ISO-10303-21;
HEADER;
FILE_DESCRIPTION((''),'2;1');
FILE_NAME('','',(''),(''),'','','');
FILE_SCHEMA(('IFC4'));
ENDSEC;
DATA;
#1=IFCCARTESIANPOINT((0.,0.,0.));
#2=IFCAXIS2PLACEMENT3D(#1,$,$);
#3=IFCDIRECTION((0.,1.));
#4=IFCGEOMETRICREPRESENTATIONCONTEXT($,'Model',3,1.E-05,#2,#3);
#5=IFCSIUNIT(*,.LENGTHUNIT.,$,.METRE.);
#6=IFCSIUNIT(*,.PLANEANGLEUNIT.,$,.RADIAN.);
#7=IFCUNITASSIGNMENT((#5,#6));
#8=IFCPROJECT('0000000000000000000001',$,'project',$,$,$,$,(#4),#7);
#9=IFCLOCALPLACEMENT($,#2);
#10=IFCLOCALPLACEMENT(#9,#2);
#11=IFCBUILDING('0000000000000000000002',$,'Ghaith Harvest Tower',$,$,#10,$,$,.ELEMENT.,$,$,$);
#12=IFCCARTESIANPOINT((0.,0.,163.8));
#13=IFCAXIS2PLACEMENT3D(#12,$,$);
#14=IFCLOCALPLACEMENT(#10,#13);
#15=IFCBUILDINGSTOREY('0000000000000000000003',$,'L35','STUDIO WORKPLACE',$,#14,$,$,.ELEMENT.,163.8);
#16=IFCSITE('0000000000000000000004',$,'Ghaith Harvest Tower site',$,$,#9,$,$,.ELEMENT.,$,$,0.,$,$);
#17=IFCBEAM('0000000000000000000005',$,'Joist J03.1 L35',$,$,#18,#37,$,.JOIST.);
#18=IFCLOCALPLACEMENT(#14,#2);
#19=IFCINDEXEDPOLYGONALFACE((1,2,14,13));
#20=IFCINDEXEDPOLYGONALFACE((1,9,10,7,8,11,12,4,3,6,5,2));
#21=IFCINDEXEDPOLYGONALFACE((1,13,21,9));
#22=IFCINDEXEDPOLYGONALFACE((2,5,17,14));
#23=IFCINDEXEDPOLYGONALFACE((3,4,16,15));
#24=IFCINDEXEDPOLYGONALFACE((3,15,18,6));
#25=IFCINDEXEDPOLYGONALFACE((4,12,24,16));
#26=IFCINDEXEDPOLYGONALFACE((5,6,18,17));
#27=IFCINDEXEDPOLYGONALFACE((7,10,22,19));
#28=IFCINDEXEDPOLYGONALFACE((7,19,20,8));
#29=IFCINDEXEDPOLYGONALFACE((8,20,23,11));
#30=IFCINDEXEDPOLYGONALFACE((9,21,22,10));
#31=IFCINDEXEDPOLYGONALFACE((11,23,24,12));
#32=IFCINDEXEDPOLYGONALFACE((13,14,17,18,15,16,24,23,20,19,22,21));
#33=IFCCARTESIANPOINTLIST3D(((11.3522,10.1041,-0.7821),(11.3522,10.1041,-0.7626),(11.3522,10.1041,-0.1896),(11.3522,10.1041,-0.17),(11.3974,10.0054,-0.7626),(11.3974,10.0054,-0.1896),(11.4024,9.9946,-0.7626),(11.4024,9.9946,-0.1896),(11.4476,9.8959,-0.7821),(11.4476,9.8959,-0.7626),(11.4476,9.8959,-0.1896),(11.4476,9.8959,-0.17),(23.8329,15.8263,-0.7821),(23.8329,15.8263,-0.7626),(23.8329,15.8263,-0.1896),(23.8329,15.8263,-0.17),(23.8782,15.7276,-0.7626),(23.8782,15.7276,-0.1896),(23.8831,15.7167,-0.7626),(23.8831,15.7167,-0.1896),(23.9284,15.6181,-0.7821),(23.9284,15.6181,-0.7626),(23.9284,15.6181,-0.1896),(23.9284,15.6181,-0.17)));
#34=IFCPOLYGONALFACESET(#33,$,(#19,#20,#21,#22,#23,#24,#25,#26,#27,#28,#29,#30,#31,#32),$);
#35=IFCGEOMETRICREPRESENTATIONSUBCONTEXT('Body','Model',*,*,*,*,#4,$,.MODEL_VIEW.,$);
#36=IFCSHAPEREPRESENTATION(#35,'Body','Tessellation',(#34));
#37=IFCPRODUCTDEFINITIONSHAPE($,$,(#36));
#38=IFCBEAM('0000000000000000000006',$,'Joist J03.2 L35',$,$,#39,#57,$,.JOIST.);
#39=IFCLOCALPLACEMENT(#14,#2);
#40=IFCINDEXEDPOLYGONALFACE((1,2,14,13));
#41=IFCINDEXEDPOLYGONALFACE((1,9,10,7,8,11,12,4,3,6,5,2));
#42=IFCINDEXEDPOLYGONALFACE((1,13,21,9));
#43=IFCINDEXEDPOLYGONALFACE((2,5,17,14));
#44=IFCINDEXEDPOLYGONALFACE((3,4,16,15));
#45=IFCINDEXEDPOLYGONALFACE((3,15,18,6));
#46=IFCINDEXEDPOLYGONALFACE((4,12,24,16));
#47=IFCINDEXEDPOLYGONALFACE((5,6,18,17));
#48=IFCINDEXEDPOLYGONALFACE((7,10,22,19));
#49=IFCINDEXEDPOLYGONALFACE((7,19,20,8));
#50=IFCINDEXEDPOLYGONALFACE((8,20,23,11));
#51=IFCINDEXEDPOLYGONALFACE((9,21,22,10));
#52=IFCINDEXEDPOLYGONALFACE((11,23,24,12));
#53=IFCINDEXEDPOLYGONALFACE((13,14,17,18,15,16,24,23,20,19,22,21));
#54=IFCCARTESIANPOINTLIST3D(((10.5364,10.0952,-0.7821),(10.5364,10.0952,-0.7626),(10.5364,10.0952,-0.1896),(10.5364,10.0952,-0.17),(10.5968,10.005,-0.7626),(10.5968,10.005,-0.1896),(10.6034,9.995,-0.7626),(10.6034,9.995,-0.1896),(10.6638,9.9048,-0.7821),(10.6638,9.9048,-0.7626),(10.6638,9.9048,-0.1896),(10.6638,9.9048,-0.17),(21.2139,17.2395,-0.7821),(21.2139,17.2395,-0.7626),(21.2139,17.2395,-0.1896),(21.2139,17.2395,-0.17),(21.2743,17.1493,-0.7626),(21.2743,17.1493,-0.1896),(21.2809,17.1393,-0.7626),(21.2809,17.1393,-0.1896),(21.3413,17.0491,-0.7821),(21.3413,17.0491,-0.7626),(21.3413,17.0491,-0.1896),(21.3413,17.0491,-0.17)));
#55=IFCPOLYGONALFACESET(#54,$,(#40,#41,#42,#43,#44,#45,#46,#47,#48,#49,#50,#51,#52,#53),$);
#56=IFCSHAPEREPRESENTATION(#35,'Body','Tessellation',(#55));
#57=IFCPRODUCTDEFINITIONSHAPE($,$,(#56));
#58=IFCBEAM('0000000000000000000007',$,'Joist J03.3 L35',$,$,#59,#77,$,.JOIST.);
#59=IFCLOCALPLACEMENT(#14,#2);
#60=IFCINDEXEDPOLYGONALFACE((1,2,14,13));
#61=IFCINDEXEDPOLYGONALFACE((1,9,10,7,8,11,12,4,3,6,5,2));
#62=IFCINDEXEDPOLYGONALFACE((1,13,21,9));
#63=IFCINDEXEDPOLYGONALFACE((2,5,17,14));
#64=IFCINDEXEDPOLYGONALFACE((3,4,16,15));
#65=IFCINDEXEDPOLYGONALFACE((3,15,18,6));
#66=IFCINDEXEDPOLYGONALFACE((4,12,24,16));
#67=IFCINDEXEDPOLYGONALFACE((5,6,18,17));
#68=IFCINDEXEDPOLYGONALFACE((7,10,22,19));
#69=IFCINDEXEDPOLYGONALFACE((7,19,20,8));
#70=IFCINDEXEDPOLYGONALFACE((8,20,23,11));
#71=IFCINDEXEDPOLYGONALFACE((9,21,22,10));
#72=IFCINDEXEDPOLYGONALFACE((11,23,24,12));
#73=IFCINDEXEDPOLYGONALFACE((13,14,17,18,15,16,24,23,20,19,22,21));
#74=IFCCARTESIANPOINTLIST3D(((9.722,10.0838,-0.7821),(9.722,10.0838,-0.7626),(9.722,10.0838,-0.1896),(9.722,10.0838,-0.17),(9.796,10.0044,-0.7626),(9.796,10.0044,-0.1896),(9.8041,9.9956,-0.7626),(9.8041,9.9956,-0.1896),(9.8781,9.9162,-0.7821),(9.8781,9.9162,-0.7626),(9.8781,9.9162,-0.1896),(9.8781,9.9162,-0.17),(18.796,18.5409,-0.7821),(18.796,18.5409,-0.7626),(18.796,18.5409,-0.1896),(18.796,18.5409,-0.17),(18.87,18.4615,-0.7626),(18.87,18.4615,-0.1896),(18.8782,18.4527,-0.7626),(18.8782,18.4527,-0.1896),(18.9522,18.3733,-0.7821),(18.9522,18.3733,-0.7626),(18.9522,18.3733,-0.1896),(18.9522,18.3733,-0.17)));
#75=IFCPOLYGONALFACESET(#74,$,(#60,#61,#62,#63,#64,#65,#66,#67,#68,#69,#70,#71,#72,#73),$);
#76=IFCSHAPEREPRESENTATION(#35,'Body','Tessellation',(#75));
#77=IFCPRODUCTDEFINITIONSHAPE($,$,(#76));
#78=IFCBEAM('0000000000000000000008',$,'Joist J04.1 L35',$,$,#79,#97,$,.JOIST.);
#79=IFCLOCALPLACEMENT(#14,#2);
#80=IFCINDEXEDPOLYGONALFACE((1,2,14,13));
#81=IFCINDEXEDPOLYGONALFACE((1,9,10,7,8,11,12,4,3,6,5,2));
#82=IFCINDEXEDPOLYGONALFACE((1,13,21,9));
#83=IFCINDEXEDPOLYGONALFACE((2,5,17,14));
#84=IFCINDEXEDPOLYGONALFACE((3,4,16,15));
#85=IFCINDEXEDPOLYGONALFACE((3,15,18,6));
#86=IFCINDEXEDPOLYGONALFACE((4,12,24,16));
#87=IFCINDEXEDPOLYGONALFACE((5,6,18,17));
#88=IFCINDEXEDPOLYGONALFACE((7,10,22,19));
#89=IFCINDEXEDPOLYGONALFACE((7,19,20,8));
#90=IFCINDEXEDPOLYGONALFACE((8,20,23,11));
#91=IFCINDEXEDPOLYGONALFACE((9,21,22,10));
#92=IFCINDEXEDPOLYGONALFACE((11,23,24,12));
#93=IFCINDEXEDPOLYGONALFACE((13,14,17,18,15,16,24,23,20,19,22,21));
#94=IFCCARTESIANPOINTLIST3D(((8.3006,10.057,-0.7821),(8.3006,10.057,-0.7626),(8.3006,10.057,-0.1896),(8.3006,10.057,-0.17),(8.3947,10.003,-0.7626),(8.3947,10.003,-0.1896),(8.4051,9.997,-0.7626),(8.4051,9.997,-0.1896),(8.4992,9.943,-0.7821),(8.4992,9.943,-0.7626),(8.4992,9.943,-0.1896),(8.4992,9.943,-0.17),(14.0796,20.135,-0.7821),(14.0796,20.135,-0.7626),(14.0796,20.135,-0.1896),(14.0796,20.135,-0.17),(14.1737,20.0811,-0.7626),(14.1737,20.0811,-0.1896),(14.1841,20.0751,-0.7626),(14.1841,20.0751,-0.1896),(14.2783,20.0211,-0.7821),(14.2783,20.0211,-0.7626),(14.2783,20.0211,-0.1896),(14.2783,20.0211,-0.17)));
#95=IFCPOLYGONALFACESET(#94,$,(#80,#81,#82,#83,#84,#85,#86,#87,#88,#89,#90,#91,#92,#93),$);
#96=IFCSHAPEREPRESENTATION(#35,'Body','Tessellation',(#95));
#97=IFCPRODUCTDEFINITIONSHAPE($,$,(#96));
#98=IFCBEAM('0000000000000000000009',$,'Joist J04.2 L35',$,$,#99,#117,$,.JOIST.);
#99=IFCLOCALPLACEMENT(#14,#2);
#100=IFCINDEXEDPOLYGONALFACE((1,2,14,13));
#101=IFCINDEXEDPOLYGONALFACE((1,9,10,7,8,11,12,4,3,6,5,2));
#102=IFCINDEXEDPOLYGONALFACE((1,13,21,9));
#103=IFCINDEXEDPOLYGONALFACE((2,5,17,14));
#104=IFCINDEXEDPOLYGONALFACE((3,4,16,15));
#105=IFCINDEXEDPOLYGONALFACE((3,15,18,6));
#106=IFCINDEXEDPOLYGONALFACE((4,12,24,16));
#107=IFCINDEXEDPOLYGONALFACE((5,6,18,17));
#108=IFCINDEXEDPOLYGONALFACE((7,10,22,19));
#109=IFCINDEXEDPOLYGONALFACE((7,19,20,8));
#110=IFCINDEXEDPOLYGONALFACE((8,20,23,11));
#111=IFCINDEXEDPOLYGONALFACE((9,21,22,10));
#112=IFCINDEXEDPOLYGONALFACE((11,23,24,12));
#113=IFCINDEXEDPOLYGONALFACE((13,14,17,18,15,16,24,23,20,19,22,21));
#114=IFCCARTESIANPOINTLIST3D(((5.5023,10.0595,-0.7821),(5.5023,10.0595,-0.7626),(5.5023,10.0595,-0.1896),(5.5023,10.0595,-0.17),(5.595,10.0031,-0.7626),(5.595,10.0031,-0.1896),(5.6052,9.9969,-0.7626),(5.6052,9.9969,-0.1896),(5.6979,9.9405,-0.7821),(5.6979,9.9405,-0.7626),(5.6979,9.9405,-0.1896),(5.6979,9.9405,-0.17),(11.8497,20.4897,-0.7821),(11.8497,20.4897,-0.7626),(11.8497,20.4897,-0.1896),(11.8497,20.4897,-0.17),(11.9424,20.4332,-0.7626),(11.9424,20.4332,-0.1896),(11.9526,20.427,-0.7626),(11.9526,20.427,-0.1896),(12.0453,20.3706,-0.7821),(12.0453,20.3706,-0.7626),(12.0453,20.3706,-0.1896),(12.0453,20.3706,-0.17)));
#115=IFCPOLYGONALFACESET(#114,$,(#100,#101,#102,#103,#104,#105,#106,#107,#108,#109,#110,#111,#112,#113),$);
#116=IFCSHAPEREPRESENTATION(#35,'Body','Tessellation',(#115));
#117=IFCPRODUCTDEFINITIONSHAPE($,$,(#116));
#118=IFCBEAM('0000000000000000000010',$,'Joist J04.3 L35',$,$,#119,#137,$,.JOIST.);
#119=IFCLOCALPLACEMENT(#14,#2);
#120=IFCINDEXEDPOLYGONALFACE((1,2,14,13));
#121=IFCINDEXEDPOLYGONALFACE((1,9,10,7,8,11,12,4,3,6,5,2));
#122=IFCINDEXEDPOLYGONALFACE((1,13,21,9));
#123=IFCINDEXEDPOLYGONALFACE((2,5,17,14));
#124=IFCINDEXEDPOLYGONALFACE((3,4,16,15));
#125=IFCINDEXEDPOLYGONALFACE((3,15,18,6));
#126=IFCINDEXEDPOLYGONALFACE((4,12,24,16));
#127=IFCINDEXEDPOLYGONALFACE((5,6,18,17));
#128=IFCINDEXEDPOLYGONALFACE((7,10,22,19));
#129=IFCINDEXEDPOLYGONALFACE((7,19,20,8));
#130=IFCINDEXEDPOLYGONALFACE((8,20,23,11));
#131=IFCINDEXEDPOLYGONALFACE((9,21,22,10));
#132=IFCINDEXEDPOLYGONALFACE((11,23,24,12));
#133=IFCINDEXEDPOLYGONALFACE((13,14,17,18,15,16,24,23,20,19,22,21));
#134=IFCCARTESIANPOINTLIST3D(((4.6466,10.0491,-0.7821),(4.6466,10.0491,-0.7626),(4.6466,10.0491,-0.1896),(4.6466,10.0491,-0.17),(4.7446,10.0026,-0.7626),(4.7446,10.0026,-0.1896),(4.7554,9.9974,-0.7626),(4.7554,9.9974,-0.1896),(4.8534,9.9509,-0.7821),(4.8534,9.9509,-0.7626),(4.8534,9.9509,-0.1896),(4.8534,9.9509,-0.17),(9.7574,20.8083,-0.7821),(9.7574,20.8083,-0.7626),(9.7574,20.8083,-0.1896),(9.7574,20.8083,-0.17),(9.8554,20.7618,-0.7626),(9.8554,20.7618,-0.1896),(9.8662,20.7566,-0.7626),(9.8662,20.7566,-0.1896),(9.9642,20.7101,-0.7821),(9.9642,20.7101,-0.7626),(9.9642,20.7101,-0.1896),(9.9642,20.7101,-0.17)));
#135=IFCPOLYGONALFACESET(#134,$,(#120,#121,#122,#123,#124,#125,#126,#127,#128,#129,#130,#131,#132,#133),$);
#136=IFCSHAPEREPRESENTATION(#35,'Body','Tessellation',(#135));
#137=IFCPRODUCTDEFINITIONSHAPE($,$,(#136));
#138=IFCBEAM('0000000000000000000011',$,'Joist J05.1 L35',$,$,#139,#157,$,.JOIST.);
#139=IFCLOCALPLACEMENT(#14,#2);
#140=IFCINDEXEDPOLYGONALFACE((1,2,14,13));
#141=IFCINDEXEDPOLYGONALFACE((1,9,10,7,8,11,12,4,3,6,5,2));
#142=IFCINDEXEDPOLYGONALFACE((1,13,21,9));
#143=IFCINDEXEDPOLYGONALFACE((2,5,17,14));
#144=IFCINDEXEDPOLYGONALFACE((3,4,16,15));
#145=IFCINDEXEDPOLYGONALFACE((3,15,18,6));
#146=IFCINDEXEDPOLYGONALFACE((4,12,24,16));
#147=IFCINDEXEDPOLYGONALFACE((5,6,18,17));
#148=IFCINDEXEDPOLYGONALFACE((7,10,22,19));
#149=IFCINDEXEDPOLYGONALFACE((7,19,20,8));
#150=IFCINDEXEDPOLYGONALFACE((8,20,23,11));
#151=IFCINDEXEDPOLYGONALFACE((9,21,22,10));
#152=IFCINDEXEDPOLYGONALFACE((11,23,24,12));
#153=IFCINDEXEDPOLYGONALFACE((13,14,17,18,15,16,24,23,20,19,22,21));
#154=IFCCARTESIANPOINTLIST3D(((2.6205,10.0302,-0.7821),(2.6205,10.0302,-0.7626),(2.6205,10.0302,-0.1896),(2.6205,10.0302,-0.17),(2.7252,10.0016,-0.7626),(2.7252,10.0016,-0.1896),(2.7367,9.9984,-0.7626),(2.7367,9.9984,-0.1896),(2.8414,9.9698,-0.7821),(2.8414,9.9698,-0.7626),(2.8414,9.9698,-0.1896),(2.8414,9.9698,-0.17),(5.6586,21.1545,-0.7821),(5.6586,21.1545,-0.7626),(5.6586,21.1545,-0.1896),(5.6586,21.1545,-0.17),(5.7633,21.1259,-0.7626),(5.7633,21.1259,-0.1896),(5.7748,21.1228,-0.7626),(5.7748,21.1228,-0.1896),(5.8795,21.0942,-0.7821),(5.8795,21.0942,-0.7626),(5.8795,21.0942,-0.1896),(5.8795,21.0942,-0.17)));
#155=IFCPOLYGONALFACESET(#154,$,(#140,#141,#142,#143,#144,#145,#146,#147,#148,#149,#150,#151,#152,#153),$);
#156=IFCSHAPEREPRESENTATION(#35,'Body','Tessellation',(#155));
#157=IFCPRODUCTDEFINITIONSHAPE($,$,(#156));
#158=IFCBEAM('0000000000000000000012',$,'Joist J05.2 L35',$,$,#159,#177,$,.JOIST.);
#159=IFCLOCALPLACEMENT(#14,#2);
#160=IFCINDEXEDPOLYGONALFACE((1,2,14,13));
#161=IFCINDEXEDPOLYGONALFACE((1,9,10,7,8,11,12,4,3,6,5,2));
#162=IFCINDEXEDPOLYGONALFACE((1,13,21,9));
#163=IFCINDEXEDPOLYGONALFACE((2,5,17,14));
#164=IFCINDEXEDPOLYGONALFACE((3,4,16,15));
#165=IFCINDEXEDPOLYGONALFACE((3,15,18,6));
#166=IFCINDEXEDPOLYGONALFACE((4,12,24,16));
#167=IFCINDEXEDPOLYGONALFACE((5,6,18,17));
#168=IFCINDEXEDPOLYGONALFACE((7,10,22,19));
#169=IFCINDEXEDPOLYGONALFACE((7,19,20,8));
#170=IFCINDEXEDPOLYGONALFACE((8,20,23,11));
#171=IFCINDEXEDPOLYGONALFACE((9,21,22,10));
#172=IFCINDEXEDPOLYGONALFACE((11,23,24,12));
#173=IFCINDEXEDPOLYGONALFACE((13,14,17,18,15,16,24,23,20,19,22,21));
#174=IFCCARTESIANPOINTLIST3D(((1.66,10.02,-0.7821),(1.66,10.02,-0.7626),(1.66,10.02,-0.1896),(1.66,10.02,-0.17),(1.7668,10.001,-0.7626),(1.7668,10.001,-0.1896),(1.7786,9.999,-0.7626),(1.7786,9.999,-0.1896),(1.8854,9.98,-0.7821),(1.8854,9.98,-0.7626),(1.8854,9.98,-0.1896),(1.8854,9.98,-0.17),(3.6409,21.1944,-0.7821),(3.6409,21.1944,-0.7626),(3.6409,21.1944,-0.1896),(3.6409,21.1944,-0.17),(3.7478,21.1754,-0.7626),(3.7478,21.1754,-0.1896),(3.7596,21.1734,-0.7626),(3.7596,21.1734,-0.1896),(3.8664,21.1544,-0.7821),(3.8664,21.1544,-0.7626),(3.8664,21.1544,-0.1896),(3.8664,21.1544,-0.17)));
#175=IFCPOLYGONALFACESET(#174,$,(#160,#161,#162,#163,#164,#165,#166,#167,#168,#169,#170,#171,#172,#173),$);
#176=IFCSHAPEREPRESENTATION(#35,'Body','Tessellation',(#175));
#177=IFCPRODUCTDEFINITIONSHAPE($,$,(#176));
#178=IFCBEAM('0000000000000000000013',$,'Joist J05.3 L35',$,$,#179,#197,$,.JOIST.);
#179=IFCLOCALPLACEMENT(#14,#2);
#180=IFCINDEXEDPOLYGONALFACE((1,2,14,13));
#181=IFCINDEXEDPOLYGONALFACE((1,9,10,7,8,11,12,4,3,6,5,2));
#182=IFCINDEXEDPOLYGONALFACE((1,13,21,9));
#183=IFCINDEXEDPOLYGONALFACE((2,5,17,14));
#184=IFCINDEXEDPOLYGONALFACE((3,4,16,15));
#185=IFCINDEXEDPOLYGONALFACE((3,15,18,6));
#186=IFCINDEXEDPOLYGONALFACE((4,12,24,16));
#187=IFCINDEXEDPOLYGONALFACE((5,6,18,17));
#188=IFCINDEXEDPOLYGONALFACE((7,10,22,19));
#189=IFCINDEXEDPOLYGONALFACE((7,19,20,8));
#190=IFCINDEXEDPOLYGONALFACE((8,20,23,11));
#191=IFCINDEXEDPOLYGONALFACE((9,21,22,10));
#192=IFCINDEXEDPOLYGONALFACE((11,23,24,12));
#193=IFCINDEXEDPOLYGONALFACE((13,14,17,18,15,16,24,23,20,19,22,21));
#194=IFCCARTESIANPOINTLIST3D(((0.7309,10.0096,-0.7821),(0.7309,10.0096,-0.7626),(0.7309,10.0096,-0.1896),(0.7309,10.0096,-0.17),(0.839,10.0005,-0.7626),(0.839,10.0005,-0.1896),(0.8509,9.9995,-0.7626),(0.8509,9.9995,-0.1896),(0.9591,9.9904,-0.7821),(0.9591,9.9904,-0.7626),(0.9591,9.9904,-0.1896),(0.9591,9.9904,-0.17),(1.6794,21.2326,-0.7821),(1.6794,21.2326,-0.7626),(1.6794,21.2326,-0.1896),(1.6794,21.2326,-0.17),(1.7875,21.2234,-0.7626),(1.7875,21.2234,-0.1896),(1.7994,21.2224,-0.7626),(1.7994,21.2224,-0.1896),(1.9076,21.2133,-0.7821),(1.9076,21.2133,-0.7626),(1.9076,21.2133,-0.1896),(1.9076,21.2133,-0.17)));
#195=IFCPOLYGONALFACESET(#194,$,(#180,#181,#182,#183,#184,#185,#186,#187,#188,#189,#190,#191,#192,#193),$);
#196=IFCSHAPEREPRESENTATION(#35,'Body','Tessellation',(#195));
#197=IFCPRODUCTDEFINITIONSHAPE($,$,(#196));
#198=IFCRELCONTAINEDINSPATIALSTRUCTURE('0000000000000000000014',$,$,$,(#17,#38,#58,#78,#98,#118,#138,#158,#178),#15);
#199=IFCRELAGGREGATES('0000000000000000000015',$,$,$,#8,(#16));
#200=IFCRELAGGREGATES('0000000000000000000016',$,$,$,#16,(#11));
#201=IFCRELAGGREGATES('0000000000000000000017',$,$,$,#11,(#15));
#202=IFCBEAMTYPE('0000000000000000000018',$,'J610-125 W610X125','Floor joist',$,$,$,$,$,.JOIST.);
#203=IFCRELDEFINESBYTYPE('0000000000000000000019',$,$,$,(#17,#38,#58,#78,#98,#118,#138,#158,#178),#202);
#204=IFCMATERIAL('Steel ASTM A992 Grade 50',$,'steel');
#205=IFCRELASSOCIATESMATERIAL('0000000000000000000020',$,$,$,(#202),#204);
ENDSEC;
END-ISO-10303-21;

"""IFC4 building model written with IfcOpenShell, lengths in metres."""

from ifc_helpers import new_model, si_unit, direction, frame, origin, origin_2d, place, context, subcontext, project, spatial, i_section, extrude, material, material_profile, profile_set, type_object, element, save


model = new_model("IFC4")

# Units and contexts
model_context = context("Model", 3, precision=1e-05, world=origin(), true_north=direction((0.0, 1.0)))
body_context = subcontext(model_context, "Body", "Model", "MODEL_VIEW")
ifc_project = project(units=[si_unit("LENGTHUNIT", "METRE"), si_unit("PLANEANGLEUNIT", "RADIAN")], contexts=[model_context])

# Site, building, storey
site_placement = place(None, origin())
site = spatial("IfcSite", under=ifc_project, at=site_placement, Name="Ghaith Harvest Tower site", CompositionType="ELEMENT", RefElevation=0.0)
building_placement = place(site_placement, origin())
building = spatial("IfcBuilding", under=site, at=building_placement, Name="Ghaith Harvest Tower", CompositionType="ELEMENT")
storey_placement = place(building_placement, frame((0.0, 0.0, 163.8)))
storey = spatial("IfcBuildingStorey", under=building, at=storey_placement, Name="L35", Description="STUDIO WORKPLACE", CompositionType="ELEMENT", Elevation=163.8)

# Beams
ifc_material_1 = material(Name="Steel ASTM A992 Grade 50", Category="steel")
ifc_material_profile_1 = material_profile(ifc_material_1, i_section(OverallWidth=0.229, OverallDepth=0.6121, WebThickness=0.012, FlangeThickness=0.0195, at=origin_2d()), Name="W610X125")
ifc_profile_set_1 = profile_set([ifc_material_profile_1], Name="Steel ASTM A992 Grade 50")
beam_type_1 = type_object("IfcBeamType", Name="J610-125 W610X125", Description="Floor joist", PredefinedType="JOIST", material=ifc_profile_set_1)
beam_1_placement = place(storey_placement, frame((11.3999, 10.0, -0.4761), z_axis=(0.909014, 0.416766, 0.0), x_axis=(-0.416766, 0.909014, 0.0)))
element("IfcBeam", 1, at=beam_1_placement, inside=storey, type_object=beam_type_1, Name="Joist J03.1 L35", PredefinedType="JOIST", context=body_context, shape_type="SweptSolid", body=[
    extrude(i_section(OverallWidth=0.229, OverallDepth=0.6121, WebThickness=0.012, FlangeThickness=0.0195, at=origin_2d()), origin(), (0.0, 0.0, 1.0), 13.73),
])
beam_2_placement = place(storey_placement, frame((10.6001, 10.0, -0.4761), z_axis=(0.831116, 0.556098, 0.0), x_axis=(-0.556098, 0.831116, 0.0)))
element("IfcBeam", 2, at=beam_2_placement, inside=storey, type_object=beam_type_1, Name="Joist J03.2 L35", PredefinedType="JOIST", context=body_context, shape_type="SweptSolid", body=[
    extrude(i_section(OverallWidth=0.229, OverallDepth=0.6121, WebThickness=0.012, FlangeThickness=0.0195, at=origin_2d()), origin(), (0.0, 0.0, 1.0), 12.8472),
])
beam_3_placement = place(storey_placement, frame((9.8, 10.0, -0.4761), z_axis=(0.731538, 0.681801, 0.0), x_axis=(-0.681801, 0.731538, 0.0)))
element("IfcBeam", 3, at=beam_3_placement, inside=storey, type_object=beam_type_1, Name="Joist J03.3 L35", PredefinedType="JOIST", context=body_context, shape_type="SweptSolid", body=[
    extrude(i_section(OverallWidth=0.229, OverallDepth=0.6121, WebThickness=0.012, FlangeThickness=0.0195, at=origin_2d()), origin(), (0.0, 0.0, 1.0), 12.4041),
])
beam_4_placement = place(storey_placement, frame((8.3999, 10.0, -0.4761), z_axis=(0.497444, 0.867496, 0.0), x_axis=(-0.867496, 0.497444, 0.0)))
element("IfcBeam", 4, at=beam_4_placement, inside=storey, type_object=beam_type_1, Name="Joist J04.1 L35", PredefinedType="JOIST", context=body_context, shape_type="SweptSolid", body=[
    extrude(i_section(OverallWidth=0.229, OverallDepth=0.6121, WebThickness=0.012, FlangeThickness=0.0195, at=origin_2d()), origin(), (0.0, 0.0, 1.0), 11.6174),
])
beam_5_placement = place(storey_placement, frame((5.6001, 10.0, -0.4761), z_axis=(0.519864, 0.854249, 0.0), x_axis=(-0.854249, 0.519864, 0.0)))
element("IfcBeam", 5, at=beam_5_placement, inside=storey, type_object=beam_type_1, Name="Joist J04.2 L35", PredefinedType="JOIST", context=body_context, shape_type="SweptSolid", body=[
    extrude(i_section(OverallWidth=0.229, OverallDepth=0.6121, WebThickness=0.012, FlangeThickness=0.0195, at=origin_2d()), origin(), (0.0, 0.0, 1.0), 12.2097),
])
beam_6_placement = place(storey_placement, frame((4.75, 10.0, -0.4761), z_axis=(0.429069, 0.903272, 0.0), x_axis=(-0.903272, 0.429069, 0.0)))
element("IfcBeam", 6, at=beam_6_placement, inside=storey, type_object=beam_type_1, Name="Joist J04.3 L35", PredefinedType="JOIST", context=body_context, shape_type="SweptSolid", body=[
    extrude(i_section(OverallWidth=0.229, OverallDepth=0.6121, WebThickness=0.012, FlangeThickness=0.0195, at=origin_2d()), origin(), (0.0, 0.0, 1.0), 11.9114),
])
beam_7_placement = place(storey_placement, frame((2.731, 10.0, -0.4761), z_axis=(0.263456, 0.964671, 0.0), x_axis=(-0.964671, 0.263456, 0.0)))
element("IfcBeam", 7, at=beam_7_placement, inside=storey, type_object=beam_type_1, Name="Joist J05.1 L35", PredefinedType="JOIST", context=body_context, shape_type="SweptSolid", body=[
    extrude(i_section(OverallWidth=0.229, OverallDepth=0.6121, WebThickness=0.012, FlangeThickness=0.0195, at=origin_2d()), origin(), (0.0, 0.0, 1.0), 11.5317),
])
beam_8_placement = place(storey_placement, frame((1.7727, 10.0, -0.4761), z_axis=(0.174556, 0.984647, 0.0), x_axis=(-0.984647, 0.174556, 0.0)))
element("IfcBeam", 8, at=beam_8_placement, inside=storey, type_object=beam_type_1, Name="Joist J05.2 L35", PredefinedType="JOIST", context=body_context, shape_type="SweptSolid", body=[
    extrude(i_section(OverallWidth=0.229, OverallDepth=0.6121, WebThickness=0.012, FlangeThickness=0.0195, at=origin_2d()), origin(), (0.0, 0.0, 1.0), 11.3486),
])
beam_9_placement = place(storey_placement, frame((0.845, 10.0, -0.4761), z_axis=(0.084213, 0.996448, 0.0), x_axis=(-0.996448, 0.084213, 0.0)))
element("IfcBeam", 9, at=beam_9_placement, inside=storey, type_object=beam_type_1, Name="Joist J05.3 L35", PredefinedType="JOIST", context=body_context, shape_type="SweptSolid", body=[
    extrude(i_section(OverallWidth=0.229, OverallDepth=0.6121, WebThickness=0.012, FlangeThickness=0.0195, at=origin_2d()), origin(), (0.0, 0.0, 1.0), 11.2629),
])

save(model, "model.ifc")
